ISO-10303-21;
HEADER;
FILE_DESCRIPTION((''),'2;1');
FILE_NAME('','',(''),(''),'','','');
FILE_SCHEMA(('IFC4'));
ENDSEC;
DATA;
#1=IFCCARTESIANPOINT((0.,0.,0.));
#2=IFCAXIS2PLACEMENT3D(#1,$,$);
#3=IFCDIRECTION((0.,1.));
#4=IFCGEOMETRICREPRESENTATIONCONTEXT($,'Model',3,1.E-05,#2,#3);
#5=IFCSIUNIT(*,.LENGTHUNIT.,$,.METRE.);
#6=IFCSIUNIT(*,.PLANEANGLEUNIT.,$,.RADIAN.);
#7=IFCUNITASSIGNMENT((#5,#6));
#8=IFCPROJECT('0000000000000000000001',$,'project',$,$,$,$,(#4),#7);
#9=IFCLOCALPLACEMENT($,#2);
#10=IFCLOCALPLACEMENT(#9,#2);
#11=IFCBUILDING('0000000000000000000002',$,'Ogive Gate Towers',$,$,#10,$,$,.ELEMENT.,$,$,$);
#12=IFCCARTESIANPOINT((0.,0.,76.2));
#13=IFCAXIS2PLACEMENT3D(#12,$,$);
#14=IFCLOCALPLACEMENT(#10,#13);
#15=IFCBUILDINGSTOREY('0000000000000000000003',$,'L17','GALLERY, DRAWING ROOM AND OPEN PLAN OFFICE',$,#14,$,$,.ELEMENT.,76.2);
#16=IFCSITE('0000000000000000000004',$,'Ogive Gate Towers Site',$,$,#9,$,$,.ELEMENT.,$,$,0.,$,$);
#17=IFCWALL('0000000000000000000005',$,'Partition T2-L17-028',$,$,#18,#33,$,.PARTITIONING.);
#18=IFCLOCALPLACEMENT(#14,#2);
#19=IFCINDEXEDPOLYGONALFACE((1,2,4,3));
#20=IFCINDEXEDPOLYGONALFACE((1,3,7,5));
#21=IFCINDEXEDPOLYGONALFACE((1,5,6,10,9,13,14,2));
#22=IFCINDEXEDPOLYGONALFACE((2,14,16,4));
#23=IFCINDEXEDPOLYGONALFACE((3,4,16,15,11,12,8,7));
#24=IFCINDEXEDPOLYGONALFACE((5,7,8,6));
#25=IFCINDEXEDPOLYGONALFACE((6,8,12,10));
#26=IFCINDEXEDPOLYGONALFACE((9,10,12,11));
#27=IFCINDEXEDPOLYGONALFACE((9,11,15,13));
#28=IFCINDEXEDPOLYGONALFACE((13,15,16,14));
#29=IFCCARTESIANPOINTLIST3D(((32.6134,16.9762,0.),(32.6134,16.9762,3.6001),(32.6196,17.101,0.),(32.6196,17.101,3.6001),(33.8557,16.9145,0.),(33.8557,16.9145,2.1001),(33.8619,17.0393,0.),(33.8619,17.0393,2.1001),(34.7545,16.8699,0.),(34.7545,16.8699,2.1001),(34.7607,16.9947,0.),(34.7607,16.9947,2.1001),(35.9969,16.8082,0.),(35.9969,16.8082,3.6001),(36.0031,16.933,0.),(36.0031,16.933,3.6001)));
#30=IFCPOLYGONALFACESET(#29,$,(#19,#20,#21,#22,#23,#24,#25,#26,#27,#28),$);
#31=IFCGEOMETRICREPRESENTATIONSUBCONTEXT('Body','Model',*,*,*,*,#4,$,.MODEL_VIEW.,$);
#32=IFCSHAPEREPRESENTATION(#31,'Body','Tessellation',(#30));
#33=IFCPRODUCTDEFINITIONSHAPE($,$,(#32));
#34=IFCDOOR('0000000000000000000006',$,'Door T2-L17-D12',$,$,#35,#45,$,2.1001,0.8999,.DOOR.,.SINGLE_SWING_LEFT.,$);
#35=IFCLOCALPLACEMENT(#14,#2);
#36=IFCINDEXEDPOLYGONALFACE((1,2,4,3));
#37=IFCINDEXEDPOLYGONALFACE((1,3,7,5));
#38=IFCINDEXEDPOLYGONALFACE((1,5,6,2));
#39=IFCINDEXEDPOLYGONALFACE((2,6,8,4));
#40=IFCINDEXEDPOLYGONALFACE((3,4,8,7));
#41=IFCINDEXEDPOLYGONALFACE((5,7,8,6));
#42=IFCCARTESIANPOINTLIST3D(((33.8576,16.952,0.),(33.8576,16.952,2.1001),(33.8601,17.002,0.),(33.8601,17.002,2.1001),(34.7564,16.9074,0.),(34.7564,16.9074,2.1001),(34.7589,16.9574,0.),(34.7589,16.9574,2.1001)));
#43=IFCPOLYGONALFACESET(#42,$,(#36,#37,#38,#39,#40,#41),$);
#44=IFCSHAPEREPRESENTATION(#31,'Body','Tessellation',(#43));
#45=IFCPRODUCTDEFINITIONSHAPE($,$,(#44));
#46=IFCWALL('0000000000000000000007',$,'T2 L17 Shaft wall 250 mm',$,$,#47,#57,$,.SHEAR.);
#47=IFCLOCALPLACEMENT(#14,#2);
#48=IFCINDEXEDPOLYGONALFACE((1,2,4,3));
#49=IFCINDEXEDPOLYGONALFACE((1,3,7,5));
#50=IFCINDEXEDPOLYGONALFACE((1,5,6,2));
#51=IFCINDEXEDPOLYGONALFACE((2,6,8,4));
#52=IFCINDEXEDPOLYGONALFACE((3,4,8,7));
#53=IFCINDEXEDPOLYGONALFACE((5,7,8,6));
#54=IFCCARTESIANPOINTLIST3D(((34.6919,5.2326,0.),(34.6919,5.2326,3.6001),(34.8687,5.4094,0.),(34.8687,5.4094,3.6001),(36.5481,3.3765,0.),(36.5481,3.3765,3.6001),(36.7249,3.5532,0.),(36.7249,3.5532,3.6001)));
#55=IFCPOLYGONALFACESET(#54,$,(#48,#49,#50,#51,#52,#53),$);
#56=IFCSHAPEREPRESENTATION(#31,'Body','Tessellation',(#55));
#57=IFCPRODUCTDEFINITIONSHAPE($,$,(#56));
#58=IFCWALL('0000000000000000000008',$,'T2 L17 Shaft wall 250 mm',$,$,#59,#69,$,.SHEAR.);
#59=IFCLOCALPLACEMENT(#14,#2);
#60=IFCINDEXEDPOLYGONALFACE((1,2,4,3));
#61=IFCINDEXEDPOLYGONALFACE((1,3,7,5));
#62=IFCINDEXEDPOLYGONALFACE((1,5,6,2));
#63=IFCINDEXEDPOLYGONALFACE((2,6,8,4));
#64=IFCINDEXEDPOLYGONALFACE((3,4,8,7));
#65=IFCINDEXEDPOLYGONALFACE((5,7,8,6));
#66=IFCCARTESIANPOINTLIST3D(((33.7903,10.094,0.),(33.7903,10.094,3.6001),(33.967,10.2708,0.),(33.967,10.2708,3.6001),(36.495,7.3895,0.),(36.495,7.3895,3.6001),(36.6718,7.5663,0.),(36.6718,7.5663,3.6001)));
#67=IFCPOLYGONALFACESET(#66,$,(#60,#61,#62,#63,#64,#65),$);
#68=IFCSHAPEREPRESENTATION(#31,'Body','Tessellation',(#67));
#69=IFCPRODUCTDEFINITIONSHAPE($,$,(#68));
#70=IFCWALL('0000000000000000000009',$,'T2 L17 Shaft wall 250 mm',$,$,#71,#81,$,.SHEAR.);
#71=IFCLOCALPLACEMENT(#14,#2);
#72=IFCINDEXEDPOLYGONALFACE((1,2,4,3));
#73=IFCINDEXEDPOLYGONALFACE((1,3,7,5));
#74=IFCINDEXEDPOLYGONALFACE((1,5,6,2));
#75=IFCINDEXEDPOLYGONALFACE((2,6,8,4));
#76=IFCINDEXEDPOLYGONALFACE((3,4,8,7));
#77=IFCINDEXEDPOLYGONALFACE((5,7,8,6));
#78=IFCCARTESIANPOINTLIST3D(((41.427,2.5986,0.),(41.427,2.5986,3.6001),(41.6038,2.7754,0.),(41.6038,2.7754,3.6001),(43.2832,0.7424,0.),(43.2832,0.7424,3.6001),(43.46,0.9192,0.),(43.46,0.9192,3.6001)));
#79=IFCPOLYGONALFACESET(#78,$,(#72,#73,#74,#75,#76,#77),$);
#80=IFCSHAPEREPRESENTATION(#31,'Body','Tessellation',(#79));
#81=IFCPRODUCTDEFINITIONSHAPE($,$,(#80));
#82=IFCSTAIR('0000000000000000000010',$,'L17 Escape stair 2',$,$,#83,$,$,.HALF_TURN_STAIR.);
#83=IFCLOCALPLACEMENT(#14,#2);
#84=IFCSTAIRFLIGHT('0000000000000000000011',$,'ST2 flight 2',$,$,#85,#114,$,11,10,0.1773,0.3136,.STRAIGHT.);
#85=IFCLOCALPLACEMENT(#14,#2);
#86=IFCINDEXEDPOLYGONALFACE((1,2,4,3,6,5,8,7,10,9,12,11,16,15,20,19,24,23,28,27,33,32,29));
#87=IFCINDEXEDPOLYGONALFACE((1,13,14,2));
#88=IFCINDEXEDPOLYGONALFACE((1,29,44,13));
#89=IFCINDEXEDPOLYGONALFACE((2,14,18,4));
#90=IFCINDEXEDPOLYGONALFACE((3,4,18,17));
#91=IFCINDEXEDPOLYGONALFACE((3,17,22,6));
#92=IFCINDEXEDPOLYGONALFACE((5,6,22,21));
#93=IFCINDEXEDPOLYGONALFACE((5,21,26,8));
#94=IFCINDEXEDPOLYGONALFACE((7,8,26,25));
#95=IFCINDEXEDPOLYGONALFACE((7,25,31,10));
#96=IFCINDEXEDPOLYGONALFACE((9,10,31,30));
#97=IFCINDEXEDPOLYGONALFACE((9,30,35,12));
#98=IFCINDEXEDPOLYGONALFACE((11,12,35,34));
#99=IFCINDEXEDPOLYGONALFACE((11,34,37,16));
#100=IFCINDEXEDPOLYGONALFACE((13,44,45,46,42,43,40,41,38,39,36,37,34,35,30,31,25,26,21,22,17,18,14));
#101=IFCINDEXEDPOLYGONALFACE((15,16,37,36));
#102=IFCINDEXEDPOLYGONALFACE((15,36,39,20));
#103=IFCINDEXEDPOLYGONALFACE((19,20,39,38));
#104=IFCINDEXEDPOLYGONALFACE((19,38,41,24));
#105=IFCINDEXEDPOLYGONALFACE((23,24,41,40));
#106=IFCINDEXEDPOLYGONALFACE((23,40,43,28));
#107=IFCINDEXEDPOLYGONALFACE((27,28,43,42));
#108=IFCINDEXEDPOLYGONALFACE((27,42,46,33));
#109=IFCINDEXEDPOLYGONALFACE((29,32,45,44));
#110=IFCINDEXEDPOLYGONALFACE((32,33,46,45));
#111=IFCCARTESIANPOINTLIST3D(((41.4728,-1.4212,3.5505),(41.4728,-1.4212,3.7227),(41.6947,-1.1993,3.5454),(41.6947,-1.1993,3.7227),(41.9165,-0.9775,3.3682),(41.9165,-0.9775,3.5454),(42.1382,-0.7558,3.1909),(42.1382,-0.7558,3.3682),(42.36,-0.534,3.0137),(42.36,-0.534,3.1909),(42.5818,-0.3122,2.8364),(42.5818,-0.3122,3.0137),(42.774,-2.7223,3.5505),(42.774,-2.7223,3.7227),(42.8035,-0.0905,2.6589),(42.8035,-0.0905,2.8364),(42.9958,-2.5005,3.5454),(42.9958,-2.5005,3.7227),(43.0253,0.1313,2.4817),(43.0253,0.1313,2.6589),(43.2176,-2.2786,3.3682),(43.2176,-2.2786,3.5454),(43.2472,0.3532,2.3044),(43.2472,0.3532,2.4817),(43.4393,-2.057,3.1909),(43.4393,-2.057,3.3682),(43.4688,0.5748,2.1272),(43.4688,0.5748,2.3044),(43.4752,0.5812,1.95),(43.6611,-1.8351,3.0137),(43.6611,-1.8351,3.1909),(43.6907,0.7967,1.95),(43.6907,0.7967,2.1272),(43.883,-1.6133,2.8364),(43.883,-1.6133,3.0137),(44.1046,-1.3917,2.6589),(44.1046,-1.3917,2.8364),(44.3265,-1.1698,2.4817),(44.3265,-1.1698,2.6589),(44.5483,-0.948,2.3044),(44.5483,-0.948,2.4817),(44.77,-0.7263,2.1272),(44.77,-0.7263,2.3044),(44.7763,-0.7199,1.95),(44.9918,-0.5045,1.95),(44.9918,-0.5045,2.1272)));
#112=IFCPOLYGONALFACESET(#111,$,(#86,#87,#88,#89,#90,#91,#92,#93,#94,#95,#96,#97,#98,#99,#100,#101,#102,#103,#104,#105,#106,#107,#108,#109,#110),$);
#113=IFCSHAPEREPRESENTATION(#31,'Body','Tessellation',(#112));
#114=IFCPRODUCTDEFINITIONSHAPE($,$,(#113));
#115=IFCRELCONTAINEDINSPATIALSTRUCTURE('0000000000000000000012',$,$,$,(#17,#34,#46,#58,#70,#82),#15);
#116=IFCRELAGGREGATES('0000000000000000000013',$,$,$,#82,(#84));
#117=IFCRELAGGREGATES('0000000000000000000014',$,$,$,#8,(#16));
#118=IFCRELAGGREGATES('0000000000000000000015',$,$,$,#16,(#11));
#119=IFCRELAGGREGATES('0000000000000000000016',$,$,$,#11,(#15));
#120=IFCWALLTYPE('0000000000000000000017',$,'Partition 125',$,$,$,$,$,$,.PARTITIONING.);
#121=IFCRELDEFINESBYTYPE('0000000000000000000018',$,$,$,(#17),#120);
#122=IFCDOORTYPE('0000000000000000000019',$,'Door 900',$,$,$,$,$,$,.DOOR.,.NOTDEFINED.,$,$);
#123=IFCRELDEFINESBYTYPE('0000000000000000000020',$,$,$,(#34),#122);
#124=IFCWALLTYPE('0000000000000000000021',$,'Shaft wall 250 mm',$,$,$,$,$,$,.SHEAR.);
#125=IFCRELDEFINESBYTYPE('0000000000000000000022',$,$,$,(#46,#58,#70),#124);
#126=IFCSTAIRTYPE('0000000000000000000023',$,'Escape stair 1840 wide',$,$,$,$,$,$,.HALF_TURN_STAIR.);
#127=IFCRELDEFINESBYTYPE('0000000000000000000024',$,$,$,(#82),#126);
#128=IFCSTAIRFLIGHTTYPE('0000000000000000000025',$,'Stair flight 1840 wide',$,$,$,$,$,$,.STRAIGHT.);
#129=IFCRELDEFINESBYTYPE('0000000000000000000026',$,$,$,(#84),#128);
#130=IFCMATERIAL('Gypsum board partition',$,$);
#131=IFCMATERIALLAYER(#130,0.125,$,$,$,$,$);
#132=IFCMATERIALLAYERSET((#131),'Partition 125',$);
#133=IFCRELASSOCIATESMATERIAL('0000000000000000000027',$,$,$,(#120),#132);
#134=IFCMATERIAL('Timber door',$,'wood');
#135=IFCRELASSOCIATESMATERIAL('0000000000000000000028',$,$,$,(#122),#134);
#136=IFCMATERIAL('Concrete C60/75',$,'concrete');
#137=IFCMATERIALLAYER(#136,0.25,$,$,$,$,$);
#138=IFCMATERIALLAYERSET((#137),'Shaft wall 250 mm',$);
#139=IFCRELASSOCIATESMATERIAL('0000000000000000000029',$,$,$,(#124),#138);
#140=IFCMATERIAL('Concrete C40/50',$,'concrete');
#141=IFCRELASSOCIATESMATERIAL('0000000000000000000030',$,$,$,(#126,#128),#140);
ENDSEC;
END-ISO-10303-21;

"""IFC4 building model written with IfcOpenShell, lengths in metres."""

from ifc_helpers import new_model, si_unit, direction, frame, frame_2d, origin, place, context, subcontext, project, spatial, polyline, rectangle, outline, extrude, material, layer, layer_set, type_object, element, fill, aggregate, save


model = new_model("IFC4")

# Units and contexts
model_context = context("Model", 3, precision=1e-05, world=origin(), true_north=direction((0.0, 1.0)))
body_context = subcontext(model_context, "Body", "Model", "MODEL_VIEW")
ifc_project = project(units=[si_unit("LENGTHUNIT", "METRE"), si_unit("PLANEANGLEUNIT", "RADIAN")], contexts=[model_context])

# Site, building, storey
site_placement = place(None, origin())
site = spatial("IfcSite", under=ifc_project, at=site_placement, Name="Ogive Gate Towers Site", CompositionType="ELEMENT", RefElevation=0.0)
building_placement = place(site_placement, origin())
building = spatial("IfcBuilding", under=site, at=building_placement, Name="Ogive Gate Towers", CompositionType="ELEMENT")
storey_placement = place(building_placement, frame((0.0, 0.0, 76.2)))
storey = spatial("IfcBuildingStorey", under=building, at=storey_placement, Name="L17", Description="GALLERY, DRAWING ROOM AND OPEN PLAN OFFICE", CompositionType="ELEMENT", Elevation=76.2)

# Shared definitions
ifc_material_1 = material(Name="Gypsum board partition")
ifc_layer_1 = layer(ifc_material_1, 0.125)
ifc_layer_set_1 = layer_set([ifc_layer_1], Name="Partition 125")
wall_type_1 = type_object("IfcWallType", Name="Partition 125", PredefinedType="PARTITIONING", material=ifc_layer_set_1)

# Wall, opening, door
ifc_material_2 = material(Name="Timber door", Category="wood")
door_type_1 = type_object("IfcDoorType", Name="Door 900", OperationType="NOTDEFINED", PredefinedType="DOOR", material=ifc_material_2)
wall_1_placement = place(storey_placement, frame((36.0, 16.8706, 0.0), z_axis=(0.0, 0.0, 1.0), x_axis=(-0.99877, 0.049582, 0.0)))
wall_1 = element("IfcWall", 1, at=wall_1_placement, inside=storey, type_object=wall_type_1, Name="Partition T2-L17-028", PredefinedType="PARTITIONING", context=body_context, shape_type="SweptSolid", body=[
    extrude(rectangle(XDim=3.3877, YDim=0.125, at=frame_2d((1.6938, 0.0))), origin(), (0.0, 0.0, 1.0), 3.6001),
])
opening_1_placement = place(wall_1_placement, frame((1.2439, 0.0, 0.0)))
opening_1 = element("IfcOpeningElement", 2, at=opening_1_placement, cuts=wall_1, PredefinedType="OPENING", context=body_context, shape_type="SweptSolid", body=[
    extrude(rectangle(XDim=0.8999, YDim=2.1001, at=frame_2d((0.45, 1.05))), frame((0.0, 0.0725, 0.0), z_axis=(0.0, -1.0, 0.0), x_axis=(1.0, 0.0, 0.0)), (0.0, 0.0, 1.0), 0.145),
])
door_1_placement = place(opening_1_placement, origin())
door_1 = element("IfcDoor", 3, at=door_1_placement, inside=storey, type_object=door_type_1, Name="Door T2-L17-D12", OperationType="SINGLE_SWING_LEFT", OverallHeight=2.1001, OverallWidth=0.8999, PredefinedType="DOOR", context=body_context, shape_type="SweptSolid", body=[
    extrude(rectangle(XDim=0.8999, YDim=2.1001, at=frame_2d((0.45, 1.05))), frame((0.0, 0.0249, 0.0), z_axis=(0.0, -1.0, 0.0), x_axis=(1.0, 0.0, 0.0)), (0.0, 0.0, 1.0), 0.05),
])
fill(opening_1, door_1)

# Walls
ifc_material_3 = material(Name="Concrete C60/75", Category="concrete")
ifc_layer_2 = layer(ifc_material_3, 0.25)
ifc_layer_set_2 = layer_set([ifc_layer_2], Name="Shaft wall 250 mm")
wall_type_2 = type_object("IfcWallType", Name="Shaft wall 250 mm", PredefinedType="SHEAR", material=ifc_layer_set_2)
wall_2_placement = place(storey_placement, frame((36.6365, 3.4648, 0.0), z_axis=(0.0, 0.0, 1.0), x_axis=(-0.707107, 0.707107, 0.0)))
element("IfcWall", 4, at=wall_2_placement, inside=storey, type_object=wall_type_2, Name="T2 L17 Shaft wall 250 mm", PredefinedType="SHEAR", context=body_context, shape_type="SweptSolid", body=[
    extrude(rectangle(XDim=2.625, YDim=0.25, at=frame_2d((1.3125, 0.0))), origin(), (0.0, 0.0, 1.0), 3.6001),
])
wall_3_placement = place(storey_placement, frame((36.5835, 7.4778, 0.0), z_axis=(0.0, 0.0, 1.0), x_axis=(-0.707139, 0.707075, 0.0)))
element("IfcWall", 5, at=wall_3_placement, inside=storey, type_object=wall_type_2, Name="T2 L17 Shaft wall 250 mm", PredefinedType="SHEAR", context=body_context, shape_type="SweptSolid", body=[
    extrude(rectangle(XDim=3.825, YDim=0.25, at=frame_2d((1.9126, 0.0))), origin(), (0.0, 0.0, 1.0), 3.6001),
])
wall_4_placement = place(storey_placement, frame((43.3716, 0.8308, 0.0), z_axis=(0.0, 0.0, 1.0), x_axis=(-0.707107, 0.707107, 0.0)))
element("IfcWall", 6, at=wall_4_placement, inside=storey, type_object=wall_type_2, Name="T2 L17 Shaft wall 250 mm", PredefinedType="SHEAR", context=body_context, shape_type="SweptSolid", body=[
    extrude(rectangle(XDim=2.625, YDim=0.25, at=frame_2d((1.3125, 0.0))), origin(), (0.0, 0.0, 1.0), 3.6001),
])

# Stair, stair flight
ifc_material_4 = material(Name="Concrete C40/50", Category="concrete")
stair_type = type_object("IfcStairType", Name="Escape stair 1840 wide", PredefinedType="HALF_TURN_STAIR", material=ifc_material_4)
stair_placement = place(storey_placement, origin())
stair = element("IfcStair", 7, at=stair_placement, inside=storey, type_object=stair_type, Name="L17 Escape stair 2", PredefinedType="HALF_TURN_STAIR")
stair_flight_type = type_object("IfcStairFlightType", Name="Stair flight 1840 wide", PredefinedType="STRAIGHT", material=ifc_material_4)
stair_flight_placement = place(storey_placement, frame((44.3413, 0.146, 1.95), z_axis=(0.0, 0.0, 1.0), x_axis=(-0.707107, -0.707107, 0.0)))
stair_flight = element("IfcStairFlight", 8, at=stair_flight_placement, type_object=stair_flight_type, Name="ST2 flight 2", NumberOfRisers=11, NumberOfTreads=10, PredefinedType="STRAIGHT", RiserHeight=0.1773, TreadLength=0.3136, context=body_context, shape_type="SweptSolid", body=[
    extrude(outline(polyline([(0.0, 0.0), (0.0, 0.1772), (0.3137, 0.1772), (0.3137, 0.3545), (0.6272, 0.3545), (0.6272, 0.5317), (0.9409, 0.5317), (0.9409, 0.709), (1.2546, 0.709), (1.2546, 0.8865), (1.5681, 0.8865), (1.5681, 1.0637), (1.8818, 1.0637), (1.8818, 1.241), (2.1956, 1.241), (2.1956, 1.4182), (2.509, 1.4182), (2.509, 1.5955), (2.8228, 1.5955), (2.8228, 1.7727), (3.1365, 1.7727), (3.1365, 1.95), (3.1365, 1.6006), (0.3047, 0.0), (0.0, 0.0)])), frame((0.0, 0.9199, 0.0), z_axis=(0.0, -1.0, 0.0), x_axis=(1.0, 0.0, 0.0)), (0.0, 0.0, 1.0), 1.8401),
])
aggregate(stair, [stair_flight])

save(model, "model.ifc")
